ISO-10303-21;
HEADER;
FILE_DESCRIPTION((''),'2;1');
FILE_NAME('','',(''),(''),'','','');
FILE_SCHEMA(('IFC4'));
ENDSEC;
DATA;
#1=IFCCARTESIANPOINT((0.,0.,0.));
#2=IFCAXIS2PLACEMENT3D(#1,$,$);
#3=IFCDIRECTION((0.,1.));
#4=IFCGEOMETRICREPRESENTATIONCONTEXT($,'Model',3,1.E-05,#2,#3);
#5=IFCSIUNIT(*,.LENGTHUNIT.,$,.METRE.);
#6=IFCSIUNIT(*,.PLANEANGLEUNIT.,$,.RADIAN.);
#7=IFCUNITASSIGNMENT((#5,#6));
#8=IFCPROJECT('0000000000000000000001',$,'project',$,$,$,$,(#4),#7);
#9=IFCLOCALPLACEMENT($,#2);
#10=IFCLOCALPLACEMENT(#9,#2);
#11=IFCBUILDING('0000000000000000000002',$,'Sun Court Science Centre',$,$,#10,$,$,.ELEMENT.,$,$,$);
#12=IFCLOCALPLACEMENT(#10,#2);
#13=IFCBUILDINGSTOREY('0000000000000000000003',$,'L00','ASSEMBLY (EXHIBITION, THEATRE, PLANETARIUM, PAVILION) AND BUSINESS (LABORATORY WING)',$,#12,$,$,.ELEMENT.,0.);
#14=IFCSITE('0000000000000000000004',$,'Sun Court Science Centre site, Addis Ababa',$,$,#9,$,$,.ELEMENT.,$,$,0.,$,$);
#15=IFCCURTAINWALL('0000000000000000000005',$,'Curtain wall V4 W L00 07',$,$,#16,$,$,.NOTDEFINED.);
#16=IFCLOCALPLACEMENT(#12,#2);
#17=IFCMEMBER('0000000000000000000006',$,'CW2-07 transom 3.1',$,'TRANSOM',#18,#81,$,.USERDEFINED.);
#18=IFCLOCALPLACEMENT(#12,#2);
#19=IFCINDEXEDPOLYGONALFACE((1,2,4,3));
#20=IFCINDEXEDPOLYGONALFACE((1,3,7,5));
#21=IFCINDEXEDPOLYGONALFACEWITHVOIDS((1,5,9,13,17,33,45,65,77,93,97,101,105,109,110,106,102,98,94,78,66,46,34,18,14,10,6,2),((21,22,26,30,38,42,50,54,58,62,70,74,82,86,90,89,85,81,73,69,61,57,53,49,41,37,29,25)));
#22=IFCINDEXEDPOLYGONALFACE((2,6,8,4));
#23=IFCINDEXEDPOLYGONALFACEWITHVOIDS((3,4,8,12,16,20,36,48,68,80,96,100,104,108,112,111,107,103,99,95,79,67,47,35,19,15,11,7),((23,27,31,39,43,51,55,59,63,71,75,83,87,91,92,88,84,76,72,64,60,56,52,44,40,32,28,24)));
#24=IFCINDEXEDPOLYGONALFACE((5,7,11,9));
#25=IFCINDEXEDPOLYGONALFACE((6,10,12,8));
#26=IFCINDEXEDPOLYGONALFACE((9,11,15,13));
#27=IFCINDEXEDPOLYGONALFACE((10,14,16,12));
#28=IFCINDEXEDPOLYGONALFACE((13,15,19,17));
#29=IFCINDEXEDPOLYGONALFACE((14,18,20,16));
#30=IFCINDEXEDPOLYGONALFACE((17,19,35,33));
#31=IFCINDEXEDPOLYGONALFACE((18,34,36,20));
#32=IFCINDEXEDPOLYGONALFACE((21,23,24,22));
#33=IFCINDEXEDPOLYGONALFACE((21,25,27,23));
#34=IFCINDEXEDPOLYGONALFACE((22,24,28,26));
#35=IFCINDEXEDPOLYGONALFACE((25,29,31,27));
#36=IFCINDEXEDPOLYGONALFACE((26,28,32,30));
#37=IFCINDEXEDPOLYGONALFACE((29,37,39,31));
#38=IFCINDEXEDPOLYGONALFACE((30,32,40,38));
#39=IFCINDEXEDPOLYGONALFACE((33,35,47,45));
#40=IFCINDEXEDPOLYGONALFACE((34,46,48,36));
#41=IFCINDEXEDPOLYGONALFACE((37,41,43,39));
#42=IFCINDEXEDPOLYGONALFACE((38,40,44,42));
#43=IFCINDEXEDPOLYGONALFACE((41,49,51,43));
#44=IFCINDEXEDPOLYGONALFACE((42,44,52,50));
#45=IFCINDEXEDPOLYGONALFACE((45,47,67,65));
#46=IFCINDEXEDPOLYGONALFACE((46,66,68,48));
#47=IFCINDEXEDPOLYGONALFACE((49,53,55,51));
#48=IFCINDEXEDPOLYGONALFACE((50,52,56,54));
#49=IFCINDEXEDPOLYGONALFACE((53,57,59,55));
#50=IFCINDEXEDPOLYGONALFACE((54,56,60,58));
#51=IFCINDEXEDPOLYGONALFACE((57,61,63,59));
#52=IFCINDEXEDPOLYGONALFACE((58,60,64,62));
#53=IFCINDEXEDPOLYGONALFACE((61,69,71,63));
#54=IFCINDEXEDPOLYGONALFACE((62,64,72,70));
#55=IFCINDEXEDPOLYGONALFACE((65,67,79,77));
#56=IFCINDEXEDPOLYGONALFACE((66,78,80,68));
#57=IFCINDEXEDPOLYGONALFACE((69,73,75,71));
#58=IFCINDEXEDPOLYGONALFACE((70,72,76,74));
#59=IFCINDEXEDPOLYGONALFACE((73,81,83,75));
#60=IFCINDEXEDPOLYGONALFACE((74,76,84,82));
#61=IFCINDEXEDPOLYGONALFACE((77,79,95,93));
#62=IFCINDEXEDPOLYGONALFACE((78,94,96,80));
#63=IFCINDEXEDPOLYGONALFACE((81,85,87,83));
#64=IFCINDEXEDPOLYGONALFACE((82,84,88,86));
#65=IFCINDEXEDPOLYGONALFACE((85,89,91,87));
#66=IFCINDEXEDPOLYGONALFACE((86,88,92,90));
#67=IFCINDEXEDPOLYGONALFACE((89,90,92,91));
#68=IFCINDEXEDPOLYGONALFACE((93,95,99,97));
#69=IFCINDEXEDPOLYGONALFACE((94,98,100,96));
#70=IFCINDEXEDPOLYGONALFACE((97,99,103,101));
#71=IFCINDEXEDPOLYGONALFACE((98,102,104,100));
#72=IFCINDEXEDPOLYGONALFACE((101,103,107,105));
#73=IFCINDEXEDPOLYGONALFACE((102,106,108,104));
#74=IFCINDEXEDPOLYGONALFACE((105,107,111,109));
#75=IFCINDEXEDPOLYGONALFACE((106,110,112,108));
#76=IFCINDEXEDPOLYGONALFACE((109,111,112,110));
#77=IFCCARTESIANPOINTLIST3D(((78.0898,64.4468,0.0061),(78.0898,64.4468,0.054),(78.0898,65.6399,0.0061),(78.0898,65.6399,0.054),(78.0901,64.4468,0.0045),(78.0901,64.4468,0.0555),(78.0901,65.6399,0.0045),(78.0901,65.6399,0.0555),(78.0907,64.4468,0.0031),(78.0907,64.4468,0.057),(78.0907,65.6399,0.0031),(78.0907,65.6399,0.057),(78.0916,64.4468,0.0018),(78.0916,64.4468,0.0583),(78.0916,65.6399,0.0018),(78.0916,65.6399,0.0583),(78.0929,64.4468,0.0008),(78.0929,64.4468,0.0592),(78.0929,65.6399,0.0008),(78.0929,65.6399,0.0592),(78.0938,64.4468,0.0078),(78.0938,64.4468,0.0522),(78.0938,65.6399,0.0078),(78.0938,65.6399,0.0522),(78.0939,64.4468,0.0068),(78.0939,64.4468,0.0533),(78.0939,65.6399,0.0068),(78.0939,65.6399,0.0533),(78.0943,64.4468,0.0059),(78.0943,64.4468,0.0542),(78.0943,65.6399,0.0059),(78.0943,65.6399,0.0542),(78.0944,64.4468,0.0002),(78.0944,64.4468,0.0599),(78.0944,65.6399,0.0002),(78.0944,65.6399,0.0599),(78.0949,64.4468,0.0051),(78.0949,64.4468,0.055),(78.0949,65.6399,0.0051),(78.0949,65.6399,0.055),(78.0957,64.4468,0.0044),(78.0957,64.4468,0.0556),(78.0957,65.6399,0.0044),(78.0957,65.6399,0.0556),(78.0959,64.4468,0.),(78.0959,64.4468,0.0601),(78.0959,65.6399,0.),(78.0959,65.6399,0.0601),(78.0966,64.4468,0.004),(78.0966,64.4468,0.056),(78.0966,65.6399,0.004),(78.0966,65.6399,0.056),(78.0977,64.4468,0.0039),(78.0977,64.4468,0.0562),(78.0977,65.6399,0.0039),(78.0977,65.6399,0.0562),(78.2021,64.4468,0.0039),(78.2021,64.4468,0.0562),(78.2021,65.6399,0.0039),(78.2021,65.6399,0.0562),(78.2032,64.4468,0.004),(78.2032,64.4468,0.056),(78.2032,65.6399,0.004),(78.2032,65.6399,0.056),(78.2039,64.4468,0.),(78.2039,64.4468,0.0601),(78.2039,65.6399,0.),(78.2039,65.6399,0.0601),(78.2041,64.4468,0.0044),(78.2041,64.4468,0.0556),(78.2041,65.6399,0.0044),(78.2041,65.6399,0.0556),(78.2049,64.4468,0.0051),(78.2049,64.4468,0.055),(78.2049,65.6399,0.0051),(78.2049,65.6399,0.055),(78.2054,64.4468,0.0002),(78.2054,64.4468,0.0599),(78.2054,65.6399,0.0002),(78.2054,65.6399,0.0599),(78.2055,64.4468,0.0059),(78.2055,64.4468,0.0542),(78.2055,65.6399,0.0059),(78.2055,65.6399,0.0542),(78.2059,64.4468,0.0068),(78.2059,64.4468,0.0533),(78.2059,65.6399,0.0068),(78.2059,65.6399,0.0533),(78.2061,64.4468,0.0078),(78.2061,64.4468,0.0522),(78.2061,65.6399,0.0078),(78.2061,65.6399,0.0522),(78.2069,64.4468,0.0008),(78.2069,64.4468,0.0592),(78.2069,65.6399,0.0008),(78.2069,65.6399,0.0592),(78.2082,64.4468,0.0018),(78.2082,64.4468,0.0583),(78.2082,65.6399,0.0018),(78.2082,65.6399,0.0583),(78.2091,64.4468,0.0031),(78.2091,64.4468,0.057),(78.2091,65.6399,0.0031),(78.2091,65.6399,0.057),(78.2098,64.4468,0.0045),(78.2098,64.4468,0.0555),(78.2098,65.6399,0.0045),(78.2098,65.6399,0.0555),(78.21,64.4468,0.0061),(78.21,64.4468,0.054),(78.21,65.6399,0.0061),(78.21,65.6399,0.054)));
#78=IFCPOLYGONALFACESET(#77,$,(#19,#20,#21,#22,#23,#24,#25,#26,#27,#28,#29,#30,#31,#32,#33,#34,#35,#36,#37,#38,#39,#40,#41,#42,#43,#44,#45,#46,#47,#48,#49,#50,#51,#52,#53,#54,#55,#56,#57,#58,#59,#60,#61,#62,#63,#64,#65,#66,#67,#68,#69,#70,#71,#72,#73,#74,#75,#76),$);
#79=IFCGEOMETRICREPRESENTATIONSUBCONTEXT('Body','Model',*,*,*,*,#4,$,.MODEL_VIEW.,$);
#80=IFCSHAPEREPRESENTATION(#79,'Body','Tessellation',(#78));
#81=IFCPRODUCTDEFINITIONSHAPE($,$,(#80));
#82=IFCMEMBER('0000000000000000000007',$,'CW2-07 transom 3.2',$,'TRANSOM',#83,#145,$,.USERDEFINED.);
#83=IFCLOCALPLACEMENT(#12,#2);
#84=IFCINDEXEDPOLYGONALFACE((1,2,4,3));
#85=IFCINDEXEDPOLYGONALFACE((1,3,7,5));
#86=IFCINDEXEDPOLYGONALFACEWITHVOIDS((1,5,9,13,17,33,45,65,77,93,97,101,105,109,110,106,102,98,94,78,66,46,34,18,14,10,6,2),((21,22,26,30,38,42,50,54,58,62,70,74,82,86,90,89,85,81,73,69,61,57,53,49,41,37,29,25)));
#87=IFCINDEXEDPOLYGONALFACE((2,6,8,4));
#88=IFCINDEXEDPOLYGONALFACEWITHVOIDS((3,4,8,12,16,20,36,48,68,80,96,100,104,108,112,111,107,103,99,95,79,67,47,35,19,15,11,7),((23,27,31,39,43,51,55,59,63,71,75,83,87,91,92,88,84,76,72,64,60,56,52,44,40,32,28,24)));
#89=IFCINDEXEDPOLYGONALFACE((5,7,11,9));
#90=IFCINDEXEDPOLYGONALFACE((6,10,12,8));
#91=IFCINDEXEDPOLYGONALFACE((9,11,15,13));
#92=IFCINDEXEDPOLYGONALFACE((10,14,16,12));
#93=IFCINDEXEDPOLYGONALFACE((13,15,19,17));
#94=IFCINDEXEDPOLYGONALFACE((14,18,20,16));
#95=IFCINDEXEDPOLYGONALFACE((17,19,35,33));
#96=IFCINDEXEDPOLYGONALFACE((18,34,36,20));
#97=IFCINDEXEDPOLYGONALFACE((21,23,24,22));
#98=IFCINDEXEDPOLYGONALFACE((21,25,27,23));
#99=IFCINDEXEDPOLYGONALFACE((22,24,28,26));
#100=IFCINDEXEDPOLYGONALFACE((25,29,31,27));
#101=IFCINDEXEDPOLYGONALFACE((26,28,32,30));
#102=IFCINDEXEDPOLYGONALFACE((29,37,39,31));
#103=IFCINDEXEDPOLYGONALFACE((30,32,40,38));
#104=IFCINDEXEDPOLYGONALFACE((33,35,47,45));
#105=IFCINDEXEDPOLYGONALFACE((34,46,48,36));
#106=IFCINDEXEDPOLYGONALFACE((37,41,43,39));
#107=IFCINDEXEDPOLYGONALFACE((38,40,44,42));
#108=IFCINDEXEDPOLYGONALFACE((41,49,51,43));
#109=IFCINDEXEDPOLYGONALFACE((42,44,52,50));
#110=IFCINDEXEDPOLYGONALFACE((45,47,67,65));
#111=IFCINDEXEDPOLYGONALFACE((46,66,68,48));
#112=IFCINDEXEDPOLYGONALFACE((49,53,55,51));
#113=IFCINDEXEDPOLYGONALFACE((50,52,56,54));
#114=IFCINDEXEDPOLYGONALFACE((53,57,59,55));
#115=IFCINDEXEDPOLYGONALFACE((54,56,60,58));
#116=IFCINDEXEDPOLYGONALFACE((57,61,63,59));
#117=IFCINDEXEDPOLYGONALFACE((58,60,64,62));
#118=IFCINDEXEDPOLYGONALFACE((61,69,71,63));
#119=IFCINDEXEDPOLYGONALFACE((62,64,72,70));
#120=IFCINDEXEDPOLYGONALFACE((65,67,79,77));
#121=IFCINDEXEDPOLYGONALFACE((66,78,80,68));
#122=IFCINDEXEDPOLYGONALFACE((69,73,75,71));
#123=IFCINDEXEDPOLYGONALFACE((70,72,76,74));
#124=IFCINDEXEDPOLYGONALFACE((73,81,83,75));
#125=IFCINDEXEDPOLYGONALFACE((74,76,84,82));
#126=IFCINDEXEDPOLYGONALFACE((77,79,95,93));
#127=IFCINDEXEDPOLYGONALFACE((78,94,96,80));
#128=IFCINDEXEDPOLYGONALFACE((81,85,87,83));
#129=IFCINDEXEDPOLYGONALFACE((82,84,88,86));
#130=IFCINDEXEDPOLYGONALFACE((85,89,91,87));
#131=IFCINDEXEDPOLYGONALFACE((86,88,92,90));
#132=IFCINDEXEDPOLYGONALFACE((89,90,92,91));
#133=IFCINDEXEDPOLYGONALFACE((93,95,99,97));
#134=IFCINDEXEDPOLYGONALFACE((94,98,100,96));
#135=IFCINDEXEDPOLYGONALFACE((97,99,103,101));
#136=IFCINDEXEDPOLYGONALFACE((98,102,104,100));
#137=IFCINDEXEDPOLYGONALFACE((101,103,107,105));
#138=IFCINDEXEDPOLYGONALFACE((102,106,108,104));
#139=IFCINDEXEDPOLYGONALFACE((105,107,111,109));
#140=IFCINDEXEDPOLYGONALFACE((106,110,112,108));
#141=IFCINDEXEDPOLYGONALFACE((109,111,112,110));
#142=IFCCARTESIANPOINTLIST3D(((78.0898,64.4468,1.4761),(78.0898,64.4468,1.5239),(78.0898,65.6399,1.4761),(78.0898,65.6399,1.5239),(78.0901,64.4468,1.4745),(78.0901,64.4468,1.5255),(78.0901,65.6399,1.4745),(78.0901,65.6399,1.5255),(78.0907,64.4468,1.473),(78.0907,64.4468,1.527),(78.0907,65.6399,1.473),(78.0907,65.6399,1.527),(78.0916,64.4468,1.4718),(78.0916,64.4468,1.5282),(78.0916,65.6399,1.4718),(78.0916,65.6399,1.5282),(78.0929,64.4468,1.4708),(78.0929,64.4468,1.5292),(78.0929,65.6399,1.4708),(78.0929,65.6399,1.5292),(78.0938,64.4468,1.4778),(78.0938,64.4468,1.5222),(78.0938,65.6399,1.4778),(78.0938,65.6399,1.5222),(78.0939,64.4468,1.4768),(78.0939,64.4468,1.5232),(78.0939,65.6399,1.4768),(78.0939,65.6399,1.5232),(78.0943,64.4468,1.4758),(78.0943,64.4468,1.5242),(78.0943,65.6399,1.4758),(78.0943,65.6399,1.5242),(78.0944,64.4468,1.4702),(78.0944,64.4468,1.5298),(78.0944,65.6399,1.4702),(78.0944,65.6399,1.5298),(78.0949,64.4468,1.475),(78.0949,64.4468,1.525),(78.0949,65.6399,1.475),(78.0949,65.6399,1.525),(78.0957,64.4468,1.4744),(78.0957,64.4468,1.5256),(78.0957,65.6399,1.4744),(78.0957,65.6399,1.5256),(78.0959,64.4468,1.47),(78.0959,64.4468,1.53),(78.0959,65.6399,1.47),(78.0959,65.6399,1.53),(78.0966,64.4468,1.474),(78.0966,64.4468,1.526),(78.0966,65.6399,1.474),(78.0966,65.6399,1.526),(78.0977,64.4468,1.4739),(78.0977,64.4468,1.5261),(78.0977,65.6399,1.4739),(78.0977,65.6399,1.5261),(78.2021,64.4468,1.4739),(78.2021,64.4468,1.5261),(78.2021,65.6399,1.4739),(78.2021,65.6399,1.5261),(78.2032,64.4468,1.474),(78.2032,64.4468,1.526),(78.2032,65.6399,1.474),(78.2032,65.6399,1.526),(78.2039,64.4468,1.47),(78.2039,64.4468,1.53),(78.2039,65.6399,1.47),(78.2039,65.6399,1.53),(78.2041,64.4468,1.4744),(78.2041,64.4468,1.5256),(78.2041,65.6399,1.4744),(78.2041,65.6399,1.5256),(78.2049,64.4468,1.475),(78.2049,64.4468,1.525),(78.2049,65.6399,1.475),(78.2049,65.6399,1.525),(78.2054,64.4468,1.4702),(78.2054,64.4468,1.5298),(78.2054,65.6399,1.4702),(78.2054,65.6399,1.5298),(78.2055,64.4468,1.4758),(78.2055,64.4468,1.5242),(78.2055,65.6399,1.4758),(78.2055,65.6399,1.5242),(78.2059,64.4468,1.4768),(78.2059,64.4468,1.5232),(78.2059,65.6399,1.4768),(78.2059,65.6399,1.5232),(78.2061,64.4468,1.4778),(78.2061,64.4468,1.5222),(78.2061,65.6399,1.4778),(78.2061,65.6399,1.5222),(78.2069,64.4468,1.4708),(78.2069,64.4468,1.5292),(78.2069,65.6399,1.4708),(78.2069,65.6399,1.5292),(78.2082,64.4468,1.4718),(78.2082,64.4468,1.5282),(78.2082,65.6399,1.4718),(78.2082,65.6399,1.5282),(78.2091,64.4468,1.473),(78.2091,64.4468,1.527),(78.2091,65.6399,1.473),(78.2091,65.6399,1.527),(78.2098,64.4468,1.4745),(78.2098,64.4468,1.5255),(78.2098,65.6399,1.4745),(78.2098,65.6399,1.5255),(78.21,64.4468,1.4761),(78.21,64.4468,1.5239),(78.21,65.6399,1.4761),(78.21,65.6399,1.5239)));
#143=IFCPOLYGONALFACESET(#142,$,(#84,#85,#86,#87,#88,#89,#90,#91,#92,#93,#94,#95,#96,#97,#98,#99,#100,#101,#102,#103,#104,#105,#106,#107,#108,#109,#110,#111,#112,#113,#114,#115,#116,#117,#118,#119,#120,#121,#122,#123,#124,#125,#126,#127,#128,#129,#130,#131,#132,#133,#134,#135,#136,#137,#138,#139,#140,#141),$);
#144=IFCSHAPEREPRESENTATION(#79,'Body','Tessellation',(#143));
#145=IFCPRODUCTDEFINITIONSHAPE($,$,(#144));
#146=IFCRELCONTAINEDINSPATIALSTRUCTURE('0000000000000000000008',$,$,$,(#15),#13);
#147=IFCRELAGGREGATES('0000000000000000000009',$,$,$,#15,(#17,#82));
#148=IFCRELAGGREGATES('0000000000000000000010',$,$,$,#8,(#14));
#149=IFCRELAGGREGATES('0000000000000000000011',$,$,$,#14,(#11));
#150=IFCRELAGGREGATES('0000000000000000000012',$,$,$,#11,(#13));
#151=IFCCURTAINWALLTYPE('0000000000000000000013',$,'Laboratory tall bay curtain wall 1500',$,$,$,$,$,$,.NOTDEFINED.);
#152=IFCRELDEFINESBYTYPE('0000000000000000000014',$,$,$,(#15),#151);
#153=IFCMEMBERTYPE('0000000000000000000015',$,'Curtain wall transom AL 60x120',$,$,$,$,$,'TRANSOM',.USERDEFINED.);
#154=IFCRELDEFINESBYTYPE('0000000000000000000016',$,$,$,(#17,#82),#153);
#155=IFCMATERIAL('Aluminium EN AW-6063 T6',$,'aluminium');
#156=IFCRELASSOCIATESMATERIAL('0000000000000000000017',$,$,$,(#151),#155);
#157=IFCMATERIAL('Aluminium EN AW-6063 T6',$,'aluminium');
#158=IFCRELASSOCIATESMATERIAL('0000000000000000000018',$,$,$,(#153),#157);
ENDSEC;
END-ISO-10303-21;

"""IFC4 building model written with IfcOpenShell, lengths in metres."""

from ifc_helpers import new_model, si_unit, direction, frame, origin, origin_2d, place, context, subcontext, project, spatial, hollow_rectangle, extrude, material, material_profile, profile_set, type_object, element, aggregate, save


model = new_model("IFC4")

# Units and contexts
model_context = context("Model", 3, precision=1e-05, world=origin(), true_north=direction((0.0, 1.0)))
body_context = subcontext(model_context, "Body", "Model", "MODEL_VIEW")
ifc_project = project(units=[si_unit("LENGTHUNIT", "METRE"), si_unit("PLANEANGLEUNIT", "RADIAN")], contexts=[model_context])

# Site, building, storey
site_placement = place(None, origin())
site = spatial("IfcSite", under=ifc_project, at=site_placement, Name="Sun Court Science Centre site, Addis Ababa", CompositionType="ELEMENT", RefElevation=0.0)
building_placement = place(site_placement, origin())
building = spatial("IfcBuilding", under=site, at=building_placement, Name="Sun Court Science Centre", CompositionType="ELEMENT")
storey_placement = place(building_placement, origin())
storey = spatial("IfcBuildingStorey", under=building, at=storey_placement, Name="L00", Description="ASSEMBLY (EXHIBITION, THEATRE, PLANETARIUM, PAVILION) AND BUSINESS (LABORATORY WING)", CompositionType="ELEMENT", Elevation=0.0)

# Curtain wall, members
ifc_material_1 = material(Name="Aluminium EN AW-6063 T6", Category="aluminium")
curtain_wall_type = type_object("IfcCurtainWallType", Name="Laboratory tall bay curtain wall 1500", PredefinedType="NOTDEFINED", material=ifc_material_1)
curtain_wall_placement = place(storey_placement, origin())
curtain_wall = element("IfcCurtainWall", 1, at=curtain_wall_placement, inside=storey, type_object=curtain_wall_type, Name="Curtain wall V4 W L00 07", PredefinedType="NOTDEFINED")
ifc_material_2 = material(Name="Aluminium EN AW-6063 T6", Category="aluminium")
ifc_material_profile_1 = material_profile(ifc_material_2, hollow_rectangle(XDim=0.0601, YDim=0.1201, WallThickness=0.0039, InnerFilletRadius=0.0039, OuterFilletRadius=0.0061, at=origin_2d()), Name="AL 60x120x4")
ifc_profile_set_1 = profile_set([ifc_material_profile_1], Name="Aluminium EN AW-6063 T6")
member_type_1 = type_object("IfcMemberType", Name="Curtain wall transom AL 60x120", ElementType="TRANSOM", PredefinedType="USERDEFINED", material=ifc_profile_set_1)
member_1_placement = place(storey_placement, frame((78.1499, 64.4468, 0.03), z_axis=(0.0, 1.0, 0.0), x_axis=(0.0, 0.0, 1.0)))
member_1 = element("IfcMember", 2, at=member_1_placement, type_object=member_type_1, Name="CW2-07 transom 3.1", ObjectType="TRANSOM", PredefinedType="USERDEFINED", context=body_context, shape_type="SweptSolid", body=[
    extrude(hollow_rectangle(XDim=0.0601, YDim=0.1201, WallThickness=0.0039, InnerFilletRadius=0.0039, OuterFilletRadius=0.0061, at=origin_2d()), origin(), (0.0, 0.0, 1.0), 1.1931),
])
member_2_placement = place(storey_placement, frame((78.1499, 64.4468, 1.5), z_axis=(0.0, 1.0, 0.0), x_axis=(0.0, 0.0, 1.0)))
member_2 = element("IfcMember", 3, at=member_2_placement, type_object=member_type_1, Name="CW2-07 transom 3.2", ObjectType="TRANSOM", PredefinedType="USERDEFINED", context=body_context, shape_type="SweptSolid", body=[
    extrude(hollow_rectangle(XDim=0.0601, YDim=0.1201, WallThickness=0.0039, InnerFilletRadius=0.0039, OuterFilletRadius=0.0061, at=origin_2d()), origin(), (0.0, 0.0, 1.0), 1.1931),
])

aggregate(curtain_wall, [member_1, member_2])

save(model, "model.ifc")
